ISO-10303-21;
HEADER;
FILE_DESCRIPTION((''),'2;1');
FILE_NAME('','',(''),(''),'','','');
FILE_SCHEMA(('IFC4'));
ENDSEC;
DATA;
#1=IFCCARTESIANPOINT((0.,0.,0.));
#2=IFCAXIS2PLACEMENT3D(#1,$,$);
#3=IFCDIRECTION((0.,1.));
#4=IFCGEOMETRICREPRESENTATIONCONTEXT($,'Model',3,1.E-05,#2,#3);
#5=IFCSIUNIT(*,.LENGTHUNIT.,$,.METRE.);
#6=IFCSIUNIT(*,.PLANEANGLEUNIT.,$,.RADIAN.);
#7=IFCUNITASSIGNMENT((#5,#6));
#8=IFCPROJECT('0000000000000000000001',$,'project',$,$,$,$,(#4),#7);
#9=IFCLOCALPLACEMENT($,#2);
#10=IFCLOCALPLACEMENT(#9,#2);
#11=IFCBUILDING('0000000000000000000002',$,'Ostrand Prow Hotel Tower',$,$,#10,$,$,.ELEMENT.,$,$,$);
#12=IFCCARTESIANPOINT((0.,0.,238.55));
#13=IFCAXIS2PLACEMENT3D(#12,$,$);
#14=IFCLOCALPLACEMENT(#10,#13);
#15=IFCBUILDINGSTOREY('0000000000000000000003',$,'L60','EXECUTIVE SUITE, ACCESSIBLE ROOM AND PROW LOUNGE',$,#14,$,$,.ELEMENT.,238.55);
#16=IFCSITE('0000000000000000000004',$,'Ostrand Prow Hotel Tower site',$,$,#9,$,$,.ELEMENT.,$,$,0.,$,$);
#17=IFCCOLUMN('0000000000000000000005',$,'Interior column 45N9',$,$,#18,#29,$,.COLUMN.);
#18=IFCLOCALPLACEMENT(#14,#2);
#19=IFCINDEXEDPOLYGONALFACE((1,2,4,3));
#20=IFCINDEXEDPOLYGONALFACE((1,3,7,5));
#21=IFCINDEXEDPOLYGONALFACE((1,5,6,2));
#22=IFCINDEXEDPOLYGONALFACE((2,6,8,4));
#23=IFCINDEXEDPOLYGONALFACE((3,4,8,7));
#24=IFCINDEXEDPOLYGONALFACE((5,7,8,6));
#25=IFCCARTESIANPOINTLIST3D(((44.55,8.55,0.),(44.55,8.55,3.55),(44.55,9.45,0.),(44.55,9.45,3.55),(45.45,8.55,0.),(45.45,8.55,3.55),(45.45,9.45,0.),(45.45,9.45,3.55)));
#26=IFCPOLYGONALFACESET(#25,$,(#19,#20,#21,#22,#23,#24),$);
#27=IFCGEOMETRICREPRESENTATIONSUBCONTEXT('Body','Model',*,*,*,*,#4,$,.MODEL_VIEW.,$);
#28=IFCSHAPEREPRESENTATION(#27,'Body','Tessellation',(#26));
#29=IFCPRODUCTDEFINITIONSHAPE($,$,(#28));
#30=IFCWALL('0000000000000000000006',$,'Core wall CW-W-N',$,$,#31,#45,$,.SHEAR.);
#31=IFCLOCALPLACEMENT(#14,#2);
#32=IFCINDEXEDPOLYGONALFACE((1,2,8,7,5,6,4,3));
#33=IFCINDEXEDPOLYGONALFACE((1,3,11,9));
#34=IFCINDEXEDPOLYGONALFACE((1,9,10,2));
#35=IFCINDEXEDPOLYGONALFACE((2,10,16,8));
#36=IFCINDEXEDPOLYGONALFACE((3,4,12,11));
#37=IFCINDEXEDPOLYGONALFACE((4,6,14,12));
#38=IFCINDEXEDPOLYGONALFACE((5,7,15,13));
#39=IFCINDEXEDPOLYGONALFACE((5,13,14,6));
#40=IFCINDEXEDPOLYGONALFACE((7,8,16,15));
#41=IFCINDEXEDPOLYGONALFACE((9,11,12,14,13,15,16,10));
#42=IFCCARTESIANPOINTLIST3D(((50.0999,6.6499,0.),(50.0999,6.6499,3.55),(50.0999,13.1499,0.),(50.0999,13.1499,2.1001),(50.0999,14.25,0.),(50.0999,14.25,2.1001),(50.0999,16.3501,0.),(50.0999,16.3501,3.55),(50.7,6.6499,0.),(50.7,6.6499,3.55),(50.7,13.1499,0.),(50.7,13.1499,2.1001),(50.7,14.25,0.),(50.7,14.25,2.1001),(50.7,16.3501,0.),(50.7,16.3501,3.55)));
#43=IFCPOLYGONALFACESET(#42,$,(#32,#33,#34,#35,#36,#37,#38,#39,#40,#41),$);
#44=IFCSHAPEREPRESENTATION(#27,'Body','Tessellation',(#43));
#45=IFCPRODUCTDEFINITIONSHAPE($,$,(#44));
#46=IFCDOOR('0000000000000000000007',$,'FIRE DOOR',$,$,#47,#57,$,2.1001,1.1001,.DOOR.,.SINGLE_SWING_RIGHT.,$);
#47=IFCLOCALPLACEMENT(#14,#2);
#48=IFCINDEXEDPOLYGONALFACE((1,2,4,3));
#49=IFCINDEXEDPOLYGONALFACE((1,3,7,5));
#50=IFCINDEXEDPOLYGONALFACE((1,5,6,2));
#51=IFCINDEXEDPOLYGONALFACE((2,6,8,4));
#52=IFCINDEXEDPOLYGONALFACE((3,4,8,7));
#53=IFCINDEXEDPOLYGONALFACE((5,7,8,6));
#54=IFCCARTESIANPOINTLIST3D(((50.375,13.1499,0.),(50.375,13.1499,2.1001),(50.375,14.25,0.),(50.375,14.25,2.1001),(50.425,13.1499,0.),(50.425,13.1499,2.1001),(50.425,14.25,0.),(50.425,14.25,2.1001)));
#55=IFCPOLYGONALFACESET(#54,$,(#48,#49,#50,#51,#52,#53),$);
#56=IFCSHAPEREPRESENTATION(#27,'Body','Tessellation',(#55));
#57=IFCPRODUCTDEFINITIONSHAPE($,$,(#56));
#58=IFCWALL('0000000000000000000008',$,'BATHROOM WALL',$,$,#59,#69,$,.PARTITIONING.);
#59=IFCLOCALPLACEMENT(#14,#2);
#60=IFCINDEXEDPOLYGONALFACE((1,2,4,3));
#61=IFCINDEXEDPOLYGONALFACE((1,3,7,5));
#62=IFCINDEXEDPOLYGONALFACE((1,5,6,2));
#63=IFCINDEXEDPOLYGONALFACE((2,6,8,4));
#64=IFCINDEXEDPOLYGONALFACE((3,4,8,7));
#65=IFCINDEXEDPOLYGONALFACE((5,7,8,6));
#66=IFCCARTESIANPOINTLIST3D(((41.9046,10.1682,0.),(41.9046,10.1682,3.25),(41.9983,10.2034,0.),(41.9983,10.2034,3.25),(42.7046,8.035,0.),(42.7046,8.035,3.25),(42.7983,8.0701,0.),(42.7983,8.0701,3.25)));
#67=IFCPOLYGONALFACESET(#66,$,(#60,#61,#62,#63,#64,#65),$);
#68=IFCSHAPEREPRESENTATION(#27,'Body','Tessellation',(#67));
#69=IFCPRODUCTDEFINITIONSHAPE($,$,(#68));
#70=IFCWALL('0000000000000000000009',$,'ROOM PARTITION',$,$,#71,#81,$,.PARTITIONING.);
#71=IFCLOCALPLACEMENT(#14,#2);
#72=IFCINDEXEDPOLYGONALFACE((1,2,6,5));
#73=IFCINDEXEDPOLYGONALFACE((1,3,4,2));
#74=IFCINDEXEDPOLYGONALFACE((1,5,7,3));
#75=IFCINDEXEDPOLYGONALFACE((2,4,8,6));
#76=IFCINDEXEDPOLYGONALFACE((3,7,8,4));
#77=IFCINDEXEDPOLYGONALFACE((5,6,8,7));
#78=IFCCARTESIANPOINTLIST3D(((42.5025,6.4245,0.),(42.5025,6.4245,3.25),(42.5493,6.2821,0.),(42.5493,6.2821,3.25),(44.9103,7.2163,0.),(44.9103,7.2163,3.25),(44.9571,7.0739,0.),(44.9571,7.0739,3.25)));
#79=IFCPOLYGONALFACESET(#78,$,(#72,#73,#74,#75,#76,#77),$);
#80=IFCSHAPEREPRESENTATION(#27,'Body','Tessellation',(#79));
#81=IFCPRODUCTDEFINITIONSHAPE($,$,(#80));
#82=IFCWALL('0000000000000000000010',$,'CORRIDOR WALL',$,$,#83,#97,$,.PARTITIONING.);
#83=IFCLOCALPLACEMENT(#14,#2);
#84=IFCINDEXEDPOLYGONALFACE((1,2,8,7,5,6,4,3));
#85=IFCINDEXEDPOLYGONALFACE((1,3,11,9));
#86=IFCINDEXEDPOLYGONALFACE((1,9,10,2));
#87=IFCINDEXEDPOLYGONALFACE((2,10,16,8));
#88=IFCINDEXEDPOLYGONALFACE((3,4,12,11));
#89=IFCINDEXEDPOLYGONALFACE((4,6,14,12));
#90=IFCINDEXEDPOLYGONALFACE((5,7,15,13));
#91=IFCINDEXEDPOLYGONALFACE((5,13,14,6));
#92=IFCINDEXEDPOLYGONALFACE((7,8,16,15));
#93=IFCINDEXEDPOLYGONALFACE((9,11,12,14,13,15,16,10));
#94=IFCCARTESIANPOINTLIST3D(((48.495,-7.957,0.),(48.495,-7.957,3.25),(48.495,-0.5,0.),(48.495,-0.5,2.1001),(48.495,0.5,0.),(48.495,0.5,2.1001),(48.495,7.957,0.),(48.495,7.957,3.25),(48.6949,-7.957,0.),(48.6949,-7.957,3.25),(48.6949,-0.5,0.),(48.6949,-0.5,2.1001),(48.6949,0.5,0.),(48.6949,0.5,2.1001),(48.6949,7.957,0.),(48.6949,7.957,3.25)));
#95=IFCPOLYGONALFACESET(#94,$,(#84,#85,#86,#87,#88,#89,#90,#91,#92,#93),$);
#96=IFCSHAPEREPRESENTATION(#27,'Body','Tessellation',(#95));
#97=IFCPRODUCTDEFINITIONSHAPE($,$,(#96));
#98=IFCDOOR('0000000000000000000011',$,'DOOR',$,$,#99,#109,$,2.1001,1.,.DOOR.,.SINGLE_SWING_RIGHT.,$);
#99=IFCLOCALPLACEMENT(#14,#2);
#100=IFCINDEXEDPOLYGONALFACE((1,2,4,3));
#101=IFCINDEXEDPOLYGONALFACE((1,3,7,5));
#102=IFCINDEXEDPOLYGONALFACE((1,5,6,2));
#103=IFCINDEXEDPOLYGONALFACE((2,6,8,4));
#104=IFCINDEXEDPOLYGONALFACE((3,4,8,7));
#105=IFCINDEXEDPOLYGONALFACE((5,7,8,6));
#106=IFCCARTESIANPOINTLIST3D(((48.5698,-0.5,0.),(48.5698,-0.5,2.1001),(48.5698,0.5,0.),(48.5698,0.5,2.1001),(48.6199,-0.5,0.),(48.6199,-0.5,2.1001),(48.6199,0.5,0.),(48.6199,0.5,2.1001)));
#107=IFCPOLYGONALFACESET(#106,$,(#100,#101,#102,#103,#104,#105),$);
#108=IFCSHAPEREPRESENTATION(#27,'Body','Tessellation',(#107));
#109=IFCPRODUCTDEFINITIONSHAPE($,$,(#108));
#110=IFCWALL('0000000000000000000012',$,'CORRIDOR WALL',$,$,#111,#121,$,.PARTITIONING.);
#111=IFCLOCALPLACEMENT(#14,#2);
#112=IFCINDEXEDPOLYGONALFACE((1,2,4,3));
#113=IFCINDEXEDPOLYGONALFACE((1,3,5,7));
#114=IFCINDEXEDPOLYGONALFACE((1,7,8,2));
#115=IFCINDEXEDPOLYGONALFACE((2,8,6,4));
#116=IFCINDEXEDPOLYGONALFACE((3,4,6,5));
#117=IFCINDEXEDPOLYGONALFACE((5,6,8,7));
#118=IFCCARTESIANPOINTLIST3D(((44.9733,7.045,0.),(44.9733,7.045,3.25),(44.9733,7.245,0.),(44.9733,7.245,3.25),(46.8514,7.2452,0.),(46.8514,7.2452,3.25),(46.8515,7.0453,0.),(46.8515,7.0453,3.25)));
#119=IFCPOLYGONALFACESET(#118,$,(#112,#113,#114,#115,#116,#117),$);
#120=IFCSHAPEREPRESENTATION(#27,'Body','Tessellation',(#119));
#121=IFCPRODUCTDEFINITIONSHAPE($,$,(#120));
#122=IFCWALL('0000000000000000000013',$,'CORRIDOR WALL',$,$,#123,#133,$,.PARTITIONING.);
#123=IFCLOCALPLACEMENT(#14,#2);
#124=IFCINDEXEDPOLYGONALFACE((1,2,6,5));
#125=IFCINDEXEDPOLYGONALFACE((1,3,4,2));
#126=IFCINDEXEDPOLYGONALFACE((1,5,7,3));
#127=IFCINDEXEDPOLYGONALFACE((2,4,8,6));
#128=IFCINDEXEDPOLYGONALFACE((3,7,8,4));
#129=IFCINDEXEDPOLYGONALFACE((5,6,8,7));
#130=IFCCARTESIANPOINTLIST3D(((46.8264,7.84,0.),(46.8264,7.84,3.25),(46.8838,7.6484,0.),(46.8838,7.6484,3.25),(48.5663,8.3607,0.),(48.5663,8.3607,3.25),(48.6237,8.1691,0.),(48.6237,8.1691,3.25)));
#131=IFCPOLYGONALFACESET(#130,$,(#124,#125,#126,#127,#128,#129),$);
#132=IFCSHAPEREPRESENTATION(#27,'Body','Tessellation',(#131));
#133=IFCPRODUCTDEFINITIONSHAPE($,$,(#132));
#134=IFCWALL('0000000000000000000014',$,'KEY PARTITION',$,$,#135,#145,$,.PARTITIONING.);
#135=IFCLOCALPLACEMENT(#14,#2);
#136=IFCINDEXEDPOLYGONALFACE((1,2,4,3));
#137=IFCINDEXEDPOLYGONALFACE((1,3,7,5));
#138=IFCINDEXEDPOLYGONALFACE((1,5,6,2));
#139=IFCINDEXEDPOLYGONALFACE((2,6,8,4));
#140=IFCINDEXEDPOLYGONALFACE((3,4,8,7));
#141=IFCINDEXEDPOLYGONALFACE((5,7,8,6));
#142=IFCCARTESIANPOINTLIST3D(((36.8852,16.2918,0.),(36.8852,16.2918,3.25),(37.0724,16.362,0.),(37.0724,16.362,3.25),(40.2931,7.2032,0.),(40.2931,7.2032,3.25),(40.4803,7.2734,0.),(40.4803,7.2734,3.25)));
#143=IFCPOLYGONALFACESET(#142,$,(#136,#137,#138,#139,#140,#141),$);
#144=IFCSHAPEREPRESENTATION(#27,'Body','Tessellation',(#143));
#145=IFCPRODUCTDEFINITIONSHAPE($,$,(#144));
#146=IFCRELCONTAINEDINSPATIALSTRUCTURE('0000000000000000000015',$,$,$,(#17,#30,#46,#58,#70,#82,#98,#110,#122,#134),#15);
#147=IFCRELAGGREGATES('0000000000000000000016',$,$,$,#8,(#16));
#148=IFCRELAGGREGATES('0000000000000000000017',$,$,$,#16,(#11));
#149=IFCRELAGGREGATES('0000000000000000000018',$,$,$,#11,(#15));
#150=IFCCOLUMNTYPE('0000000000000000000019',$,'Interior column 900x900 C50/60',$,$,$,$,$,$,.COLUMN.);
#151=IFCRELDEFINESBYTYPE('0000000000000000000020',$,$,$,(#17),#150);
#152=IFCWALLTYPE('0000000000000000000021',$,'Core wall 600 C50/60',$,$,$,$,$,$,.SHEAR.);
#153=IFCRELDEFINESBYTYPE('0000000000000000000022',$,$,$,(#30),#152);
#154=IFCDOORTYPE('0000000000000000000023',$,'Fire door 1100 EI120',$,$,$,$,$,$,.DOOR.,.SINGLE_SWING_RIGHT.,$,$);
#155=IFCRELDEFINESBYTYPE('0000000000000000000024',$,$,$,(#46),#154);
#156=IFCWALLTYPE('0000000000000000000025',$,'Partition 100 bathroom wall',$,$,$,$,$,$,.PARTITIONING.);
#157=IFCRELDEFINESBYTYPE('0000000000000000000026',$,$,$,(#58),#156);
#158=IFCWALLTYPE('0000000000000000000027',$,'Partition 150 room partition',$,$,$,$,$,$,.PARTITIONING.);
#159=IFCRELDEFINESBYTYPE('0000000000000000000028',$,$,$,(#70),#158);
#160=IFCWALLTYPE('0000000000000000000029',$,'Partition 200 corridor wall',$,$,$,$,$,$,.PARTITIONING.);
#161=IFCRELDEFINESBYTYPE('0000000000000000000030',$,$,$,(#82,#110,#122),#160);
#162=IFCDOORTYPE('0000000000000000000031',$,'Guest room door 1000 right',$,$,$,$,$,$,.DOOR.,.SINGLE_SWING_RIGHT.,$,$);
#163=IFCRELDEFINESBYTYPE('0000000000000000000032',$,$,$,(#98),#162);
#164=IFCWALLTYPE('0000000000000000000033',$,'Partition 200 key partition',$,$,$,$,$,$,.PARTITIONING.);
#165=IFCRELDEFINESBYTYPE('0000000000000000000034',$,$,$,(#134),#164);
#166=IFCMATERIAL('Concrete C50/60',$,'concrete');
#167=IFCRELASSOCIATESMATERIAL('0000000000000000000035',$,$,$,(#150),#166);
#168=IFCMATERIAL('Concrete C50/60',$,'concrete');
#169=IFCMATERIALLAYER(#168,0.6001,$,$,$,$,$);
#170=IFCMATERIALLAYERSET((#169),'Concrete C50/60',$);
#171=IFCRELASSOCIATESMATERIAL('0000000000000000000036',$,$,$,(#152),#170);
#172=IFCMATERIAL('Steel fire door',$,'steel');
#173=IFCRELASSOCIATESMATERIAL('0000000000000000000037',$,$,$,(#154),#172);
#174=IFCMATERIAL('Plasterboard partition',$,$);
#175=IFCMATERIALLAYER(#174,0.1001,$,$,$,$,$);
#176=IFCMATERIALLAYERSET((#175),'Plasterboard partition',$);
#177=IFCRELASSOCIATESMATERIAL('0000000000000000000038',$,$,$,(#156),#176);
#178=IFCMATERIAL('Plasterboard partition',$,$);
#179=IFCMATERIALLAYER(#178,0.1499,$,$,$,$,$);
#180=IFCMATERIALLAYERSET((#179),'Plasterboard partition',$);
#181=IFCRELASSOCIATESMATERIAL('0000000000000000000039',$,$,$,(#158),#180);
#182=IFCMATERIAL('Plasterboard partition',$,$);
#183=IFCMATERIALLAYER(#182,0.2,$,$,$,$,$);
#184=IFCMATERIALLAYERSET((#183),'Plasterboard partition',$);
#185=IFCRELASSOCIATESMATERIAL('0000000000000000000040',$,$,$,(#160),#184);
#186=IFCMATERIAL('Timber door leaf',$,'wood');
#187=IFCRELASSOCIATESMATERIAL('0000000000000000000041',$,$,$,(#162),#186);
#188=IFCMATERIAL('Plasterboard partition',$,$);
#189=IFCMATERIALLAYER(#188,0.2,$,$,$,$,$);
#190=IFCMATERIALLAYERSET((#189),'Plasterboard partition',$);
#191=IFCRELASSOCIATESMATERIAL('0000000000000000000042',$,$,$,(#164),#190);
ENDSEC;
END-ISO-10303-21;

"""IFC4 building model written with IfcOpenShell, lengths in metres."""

from ifc_helpers import new_model, si_unit, direction, frame, frame_2d, origin, origin_2d, place, context, subcontext, project, spatial, rectangle, extrude, material, layer, layer_set, material_profile, profile_set, type_object, element, fill, save


model = new_model("IFC4")

# Units and contexts
model_context = context("Model", 3, precision=1e-05, world=origin(), true_north=direction((0.0, 1.0)))
body_context = subcontext(model_context, "Body", "Model", "MODEL_VIEW")
ifc_project = project(units=[si_unit("LENGTHUNIT", "METRE"), si_unit("PLANEANGLEUNIT", "RADIAN")], contexts=[model_context])

# Site, building, storey
site_placement = place(None, origin())
site = spatial("IfcSite", under=ifc_project, at=site_placement, Name="Ostrand Prow Hotel Tower site", CompositionType="ELEMENT", RefElevation=0.0)
building_placement = place(site_placement, origin())
building = spatial("IfcBuilding", under=site, at=building_placement, Name="Ostrand Prow Hotel Tower", CompositionType="ELEMENT")
storey_placement = place(building_placement, frame((0.0, 0.0, 238.55)))
storey = spatial("IfcBuildingStorey", under=building, at=storey_placement, Name="L60", Description="EXECUTIVE SUITE, ACCESSIBLE ROOM AND PROW LOUNGE", CompositionType="ELEMENT", Elevation=238.55)

# Column
ifc_material_1 = material(Name="Concrete C50/60", Category="concrete")
ifc_material_profile = material_profile(ifc_material_1, rectangle(XDim=0.8999, YDim=0.8999, at=origin_2d()), Name="RC 900x900")
ifc_profile_set = profile_set([ifc_material_profile], Name="Concrete C50/60")
column_type = type_object("IfcColumnType", Name="Interior column 900x900 C50/60", PredefinedType="COLUMN", material=ifc_profile_set)
column_placement = place(storey_placement, frame((45.0, 9.0, 0.0), z_axis=(0.0, 0.0, 1.0), x_axis=(1.0, 0.0, 0.0)))
element("IfcColumn", 1, at=column_placement, inside=storey, type_object=column_type, Name="Interior column 45N9", PredefinedType="COLUMN", context=body_context, shape_type="SweptSolid", body=[
    extrude(rectangle(XDim=0.8999, YDim=0.8999, at=origin_2d()), origin(), (0.0, 0.0, 1.0), 3.55),
])

# Wall, opening, door
ifc_material_2 = material(Name="Concrete C50/60", Category="concrete")
ifc_layer_1 = layer(ifc_material_2, 0.6001)
ifc_layer_set_1 = layer_set([ifc_layer_1], Name="Concrete C50/60")
wall_type_1 = type_object("IfcWallType", Name="Core wall 600 C50/60", PredefinedType="SHEAR", material=ifc_layer_set_1)
wall_1_placement = place(storey_placement, frame((50.3999, 6.6499, 0.0), z_axis=(0.0, 0.0, 1.0), x_axis=(0.0, 1.0, 0.0)))
wall_1 = element("IfcWall", 2, at=wall_1_placement, inside=storey, type_object=wall_type_1, Name="Core wall CW-W-N", PredefinedType="SHEAR", context=body_context, shape_type="SweptSolid", body=[
    extrude(rectangle(XDim=9.7002, YDim=0.6001, at=frame_2d((4.8501, 0.0))), origin(), (0.0, 0.0, 1.0), 3.55),
])
opening_1_placement = place(wall_1_placement, frame((6.5, 0.0, 0.0)))
opening_1 = element("IfcOpeningElement", 3, at=opening_1_placement, cuts=wall_1, PredefinedType="OPENING", context=body_context, shape_type="SweptSolid", body=[
    extrude(rectangle(XDim=1.1001, YDim=2.1001, at=frame_2d((0.55, 1.05))), frame((0.0, 0.3101, 0.0), z_axis=(0.0, -1.0, 0.0), x_axis=(1.0, 0.0, 0.0)), (0.0, 0.0, 1.0), 0.6201),
])
ifc_material_3 = material(Name="Steel fire door", Category="steel")
door_type_1 = type_object("IfcDoorType", Name="Fire door 1100 EI120", OperationType="SINGLE_SWING_RIGHT", PredefinedType="DOOR", material=ifc_material_3)
door_1_placement = place(opening_1_placement, origin())
door_1 = element("IfcDoor", 4, at=door_1_placement, inside=storey, type_object=door_type_1, Name="FIRE DOOR", OperationType="SINGLE_SWING_RIGHT", OverallHeight=2.1001, OverallWidth=1.1001, PredefinedType="DOOR", context=body_context, shape_type="SweptSolid", body=[
    extrude(rectangle(XDim=1.1001, YDim=2.1001, at=frame_2d((0.55, 1.05))), frame((0.0, 0.0249, 0.0), z_axis=(0.0, -1.0, 0.0), x_axis=(1.0, 0.0, 0.0)), (0.0, 0.0, 1.0), 0.05),
])
fill(opening_1, door_1)

# Walls
ifc_material_4 = material(Name="Plasterboard partition")
ifc_layer_2 = layer(ifc_material_4, 0.1001)
ifc_layer_set_2 = layer_set([ifc_layer_2], Name="Plasterboard partition")
wall_type_2 = type_object("IfcWallType", Name="Partition 100 bathroom wall", PredefinedType="PARTITIONING", material=ifc_layer_set_2)
wall_2_placement = place(storey_placement, frame((41.9514, 10.1858, 0.0), z_axis=(0.0, 0.0, 1.0), x_axis=(0.351147, -0.93632, 0.0)))
element("IfcWall", 5, at=wall_2_placement, inside=storey, type_object=wall_type_2, Name="BATHROOM WALL", PredefinedType="PARTITIONING", context=body_context, shape_type="SweptSolid", body=[
    extrude(rectangle(XDim=2.2783, YDim=0.1001, at=frame_2d((1.1392, 0.0))), origin(), (0.0, 0.0, 1.0), 3.25),
])
ifc_material_5 = material(Name="Plasterboard partition")
ifc_layer_3 = layer(ifc_material_5, 0.1499)
ifc_layer_set_3 = layer_set([ifc_layer_3], Name="Plasterboard partition")
wall_type_3 = type_object("IfcWallType", Name="Partition 150 room partition", PredefinedType="PARTITIONING", material=ifc_layer_set_3)
wall_3_placement = place(storey_placement, frame((42.5259, 6.3533, 0.0), z_axis=(0.0, 0.0, 1.0), x_axis=(0.949957, 0.312382, 0.0)))
element("IfcWall", 6, at=wall_3_placement, inside=storey, type_object=wall_type_3, Name="ROOM PARTITION", PredefinedType="PARTITIONING", context=body_context, shape_type="SweptSolid", body=[
    extrude(rectangle(XDim=2.5347, YDim=0.1499, at=frame_2d((1.2673, 0.0))), origin(), (0.0, 0.0, 1.0), 3.25),
])

# Wall, opening, door
ifc_material_6 = material(Name="Plasterboard partition")
ifc_layer_4 = layer(ifc_material_6, 0.2)
ifc_layer_set_4 = layer_set([ifc_layer_4], Name="Plasterboard partition")
wall_type_4 = type_object("IfcWallType", Name="Partition 200 corridor wall", PredefinedType="PARTITIONING", material=ifc_layer_set_4)
wall_4_placement = place(storey_placement, frame((48.595, 7.957, 0.0), z_axis=(0.0, 0.0, 1.0), x_axis=(0.0, -1.0, 0.0)))
wall_4 = element("IfcWall", 7, at=wall_4_placement, inside=storey, type_object=wall_type_4, Name="CORRIDOR WALL", PredefinedType="PARTITIONING", context=body_context, shape_type="SweptSolid", body=[
    extrude(rectangle(XDim=15.9141, YDim=0.2, at=frame_2d((7.957, 0.0))), origin(), (0.0, 0.0, 1.0), 3.25),
])
opening_2_placement = place(wall_4_placement, frame((7.457, 0.0, 0.0)))
opening_2 = element("IfcOpeningElement", 8, at=opening_2_placement, cuts=wall_4, PredefinedType="OPENING", context=body_context, shape_type="SweptSolid", body=[
    extrude(rectangle(XDim=1.0, YDim=2.1001, at=frame_2d((0.5, 1.05))), frame((0.0, 0.1099, 0.0), z_axis=(0.0, -1.0, 0.0), x_axis=(1.0, 0.0, 0.0)), (0.0, 0.0, 1.0), 0.22),
])
ifc_material_7 = material(Name="Timber door leaf", Category="wood")
door_type_2 = type_object("IfcDoorType", Name="Guest room door 1000 right", OperationType="SINGLE_SWING_RIGHT", PredefinedType="DOOR", material=ifc_material_7)
door_2_placement = place(opening_2_placement, origin())
door_2 = element("IfcDoor", 9, at=door_2_placement, inside=storey, type_object=door_type_2, Name="DOOR", OperationType="SINGLE_SWING_RIGHT", OverallHeight=2.1001, OverallWidth=1.0, PredefinedType="DOOR", context=body_context, shape_type="SweptSolid", body=[
    extrude(rectangle(XDim=1.0, YDim=2.1001, at=frame_2d((0.5, 1.05))), frame((0.0, 0.0249, 0.0), z_axis=(0.0, -1.0, 0.0), x_axis=(1.0, 0.0, 0.0)), (0.0, 0.0, 1.0), 0.05),
])
fill(opening_2, door_2)

# Walls
wall_5_placement = place(storey_placement, frame((44.9734, 7.145, 0.0), z_axis=(0.0, 0.0, 1.0), x_axis=(1.0, 0.00013, 0.0)))
element("IfcWall", 10, at=wall_5_placement, inside=storey, type_object=wall_type_4, Name="CORRIDOR WALL", PredefinedType="PARTITIONING", context=body_context, shape_type="SweptSolid", body=[
    extrude(rectangle(XDim=1.8782, YDim=0.2, at=frame_2d((0.939, 0.0))), origin(), (0.0, 0.0, 1.0), 3.25),
])
wall_6_placement = place(storey_placement, frame((46.855, 7.7441, 0.0), z_axis=(0.0, 0.0, 1.0), x_axis=(0.958015, 0.286719, 0.0)))
element("IfcWall", 11, at=wall_6_placement, inside=storey, type_object=wall_type_4, Name="CORRIDOR WALL", PredefinedType="PARTITIONING", context=body_context, shape_type="SweptSolid", body=[
    extrude(rectangle(XDim=1.8162, YDim=0.2, at=frame_2d((0.9082, 0.0))), origin(), (0.0, 0.0, 1.0), 3.25),
])
ifc_material_8 = material(Name="Plasterboard partition")
ifc_layer_5 = layer(ifc_material_8, 0.2)
ifc_layer_set_5 = layer_set([ifc_layer_5], Name="Plasterboard partition")
wall_type_5 = type_object("IfcWallType", Name="Partition 200 key partition", PredefinedType="PARTITIONING", material=ifc_layer_set_5)
wall_7_placement = place(storey_placement, frame((40.3867, 7.2383, 0.0), z_axis=(0.0, 0.0, 1.0), x_axis=(-0.351099, 0.936338, 0.0)))
element("IfcWall", 12, at=wall_7_placement, inside=storey, type_object=wall_type_5, Name="KEY PARTITION", PredefinedType="PARTITIONING", context=body_context, shape_type="SweptSolid", body=[
    extrude(rectangle(XDim=9.7065, YDim=0.2, at=frame_2d((4.8533, 0.0))), origin(), (0.0, 0.0, 1.0), 3.25),
])

save(model, "model.ifc")
